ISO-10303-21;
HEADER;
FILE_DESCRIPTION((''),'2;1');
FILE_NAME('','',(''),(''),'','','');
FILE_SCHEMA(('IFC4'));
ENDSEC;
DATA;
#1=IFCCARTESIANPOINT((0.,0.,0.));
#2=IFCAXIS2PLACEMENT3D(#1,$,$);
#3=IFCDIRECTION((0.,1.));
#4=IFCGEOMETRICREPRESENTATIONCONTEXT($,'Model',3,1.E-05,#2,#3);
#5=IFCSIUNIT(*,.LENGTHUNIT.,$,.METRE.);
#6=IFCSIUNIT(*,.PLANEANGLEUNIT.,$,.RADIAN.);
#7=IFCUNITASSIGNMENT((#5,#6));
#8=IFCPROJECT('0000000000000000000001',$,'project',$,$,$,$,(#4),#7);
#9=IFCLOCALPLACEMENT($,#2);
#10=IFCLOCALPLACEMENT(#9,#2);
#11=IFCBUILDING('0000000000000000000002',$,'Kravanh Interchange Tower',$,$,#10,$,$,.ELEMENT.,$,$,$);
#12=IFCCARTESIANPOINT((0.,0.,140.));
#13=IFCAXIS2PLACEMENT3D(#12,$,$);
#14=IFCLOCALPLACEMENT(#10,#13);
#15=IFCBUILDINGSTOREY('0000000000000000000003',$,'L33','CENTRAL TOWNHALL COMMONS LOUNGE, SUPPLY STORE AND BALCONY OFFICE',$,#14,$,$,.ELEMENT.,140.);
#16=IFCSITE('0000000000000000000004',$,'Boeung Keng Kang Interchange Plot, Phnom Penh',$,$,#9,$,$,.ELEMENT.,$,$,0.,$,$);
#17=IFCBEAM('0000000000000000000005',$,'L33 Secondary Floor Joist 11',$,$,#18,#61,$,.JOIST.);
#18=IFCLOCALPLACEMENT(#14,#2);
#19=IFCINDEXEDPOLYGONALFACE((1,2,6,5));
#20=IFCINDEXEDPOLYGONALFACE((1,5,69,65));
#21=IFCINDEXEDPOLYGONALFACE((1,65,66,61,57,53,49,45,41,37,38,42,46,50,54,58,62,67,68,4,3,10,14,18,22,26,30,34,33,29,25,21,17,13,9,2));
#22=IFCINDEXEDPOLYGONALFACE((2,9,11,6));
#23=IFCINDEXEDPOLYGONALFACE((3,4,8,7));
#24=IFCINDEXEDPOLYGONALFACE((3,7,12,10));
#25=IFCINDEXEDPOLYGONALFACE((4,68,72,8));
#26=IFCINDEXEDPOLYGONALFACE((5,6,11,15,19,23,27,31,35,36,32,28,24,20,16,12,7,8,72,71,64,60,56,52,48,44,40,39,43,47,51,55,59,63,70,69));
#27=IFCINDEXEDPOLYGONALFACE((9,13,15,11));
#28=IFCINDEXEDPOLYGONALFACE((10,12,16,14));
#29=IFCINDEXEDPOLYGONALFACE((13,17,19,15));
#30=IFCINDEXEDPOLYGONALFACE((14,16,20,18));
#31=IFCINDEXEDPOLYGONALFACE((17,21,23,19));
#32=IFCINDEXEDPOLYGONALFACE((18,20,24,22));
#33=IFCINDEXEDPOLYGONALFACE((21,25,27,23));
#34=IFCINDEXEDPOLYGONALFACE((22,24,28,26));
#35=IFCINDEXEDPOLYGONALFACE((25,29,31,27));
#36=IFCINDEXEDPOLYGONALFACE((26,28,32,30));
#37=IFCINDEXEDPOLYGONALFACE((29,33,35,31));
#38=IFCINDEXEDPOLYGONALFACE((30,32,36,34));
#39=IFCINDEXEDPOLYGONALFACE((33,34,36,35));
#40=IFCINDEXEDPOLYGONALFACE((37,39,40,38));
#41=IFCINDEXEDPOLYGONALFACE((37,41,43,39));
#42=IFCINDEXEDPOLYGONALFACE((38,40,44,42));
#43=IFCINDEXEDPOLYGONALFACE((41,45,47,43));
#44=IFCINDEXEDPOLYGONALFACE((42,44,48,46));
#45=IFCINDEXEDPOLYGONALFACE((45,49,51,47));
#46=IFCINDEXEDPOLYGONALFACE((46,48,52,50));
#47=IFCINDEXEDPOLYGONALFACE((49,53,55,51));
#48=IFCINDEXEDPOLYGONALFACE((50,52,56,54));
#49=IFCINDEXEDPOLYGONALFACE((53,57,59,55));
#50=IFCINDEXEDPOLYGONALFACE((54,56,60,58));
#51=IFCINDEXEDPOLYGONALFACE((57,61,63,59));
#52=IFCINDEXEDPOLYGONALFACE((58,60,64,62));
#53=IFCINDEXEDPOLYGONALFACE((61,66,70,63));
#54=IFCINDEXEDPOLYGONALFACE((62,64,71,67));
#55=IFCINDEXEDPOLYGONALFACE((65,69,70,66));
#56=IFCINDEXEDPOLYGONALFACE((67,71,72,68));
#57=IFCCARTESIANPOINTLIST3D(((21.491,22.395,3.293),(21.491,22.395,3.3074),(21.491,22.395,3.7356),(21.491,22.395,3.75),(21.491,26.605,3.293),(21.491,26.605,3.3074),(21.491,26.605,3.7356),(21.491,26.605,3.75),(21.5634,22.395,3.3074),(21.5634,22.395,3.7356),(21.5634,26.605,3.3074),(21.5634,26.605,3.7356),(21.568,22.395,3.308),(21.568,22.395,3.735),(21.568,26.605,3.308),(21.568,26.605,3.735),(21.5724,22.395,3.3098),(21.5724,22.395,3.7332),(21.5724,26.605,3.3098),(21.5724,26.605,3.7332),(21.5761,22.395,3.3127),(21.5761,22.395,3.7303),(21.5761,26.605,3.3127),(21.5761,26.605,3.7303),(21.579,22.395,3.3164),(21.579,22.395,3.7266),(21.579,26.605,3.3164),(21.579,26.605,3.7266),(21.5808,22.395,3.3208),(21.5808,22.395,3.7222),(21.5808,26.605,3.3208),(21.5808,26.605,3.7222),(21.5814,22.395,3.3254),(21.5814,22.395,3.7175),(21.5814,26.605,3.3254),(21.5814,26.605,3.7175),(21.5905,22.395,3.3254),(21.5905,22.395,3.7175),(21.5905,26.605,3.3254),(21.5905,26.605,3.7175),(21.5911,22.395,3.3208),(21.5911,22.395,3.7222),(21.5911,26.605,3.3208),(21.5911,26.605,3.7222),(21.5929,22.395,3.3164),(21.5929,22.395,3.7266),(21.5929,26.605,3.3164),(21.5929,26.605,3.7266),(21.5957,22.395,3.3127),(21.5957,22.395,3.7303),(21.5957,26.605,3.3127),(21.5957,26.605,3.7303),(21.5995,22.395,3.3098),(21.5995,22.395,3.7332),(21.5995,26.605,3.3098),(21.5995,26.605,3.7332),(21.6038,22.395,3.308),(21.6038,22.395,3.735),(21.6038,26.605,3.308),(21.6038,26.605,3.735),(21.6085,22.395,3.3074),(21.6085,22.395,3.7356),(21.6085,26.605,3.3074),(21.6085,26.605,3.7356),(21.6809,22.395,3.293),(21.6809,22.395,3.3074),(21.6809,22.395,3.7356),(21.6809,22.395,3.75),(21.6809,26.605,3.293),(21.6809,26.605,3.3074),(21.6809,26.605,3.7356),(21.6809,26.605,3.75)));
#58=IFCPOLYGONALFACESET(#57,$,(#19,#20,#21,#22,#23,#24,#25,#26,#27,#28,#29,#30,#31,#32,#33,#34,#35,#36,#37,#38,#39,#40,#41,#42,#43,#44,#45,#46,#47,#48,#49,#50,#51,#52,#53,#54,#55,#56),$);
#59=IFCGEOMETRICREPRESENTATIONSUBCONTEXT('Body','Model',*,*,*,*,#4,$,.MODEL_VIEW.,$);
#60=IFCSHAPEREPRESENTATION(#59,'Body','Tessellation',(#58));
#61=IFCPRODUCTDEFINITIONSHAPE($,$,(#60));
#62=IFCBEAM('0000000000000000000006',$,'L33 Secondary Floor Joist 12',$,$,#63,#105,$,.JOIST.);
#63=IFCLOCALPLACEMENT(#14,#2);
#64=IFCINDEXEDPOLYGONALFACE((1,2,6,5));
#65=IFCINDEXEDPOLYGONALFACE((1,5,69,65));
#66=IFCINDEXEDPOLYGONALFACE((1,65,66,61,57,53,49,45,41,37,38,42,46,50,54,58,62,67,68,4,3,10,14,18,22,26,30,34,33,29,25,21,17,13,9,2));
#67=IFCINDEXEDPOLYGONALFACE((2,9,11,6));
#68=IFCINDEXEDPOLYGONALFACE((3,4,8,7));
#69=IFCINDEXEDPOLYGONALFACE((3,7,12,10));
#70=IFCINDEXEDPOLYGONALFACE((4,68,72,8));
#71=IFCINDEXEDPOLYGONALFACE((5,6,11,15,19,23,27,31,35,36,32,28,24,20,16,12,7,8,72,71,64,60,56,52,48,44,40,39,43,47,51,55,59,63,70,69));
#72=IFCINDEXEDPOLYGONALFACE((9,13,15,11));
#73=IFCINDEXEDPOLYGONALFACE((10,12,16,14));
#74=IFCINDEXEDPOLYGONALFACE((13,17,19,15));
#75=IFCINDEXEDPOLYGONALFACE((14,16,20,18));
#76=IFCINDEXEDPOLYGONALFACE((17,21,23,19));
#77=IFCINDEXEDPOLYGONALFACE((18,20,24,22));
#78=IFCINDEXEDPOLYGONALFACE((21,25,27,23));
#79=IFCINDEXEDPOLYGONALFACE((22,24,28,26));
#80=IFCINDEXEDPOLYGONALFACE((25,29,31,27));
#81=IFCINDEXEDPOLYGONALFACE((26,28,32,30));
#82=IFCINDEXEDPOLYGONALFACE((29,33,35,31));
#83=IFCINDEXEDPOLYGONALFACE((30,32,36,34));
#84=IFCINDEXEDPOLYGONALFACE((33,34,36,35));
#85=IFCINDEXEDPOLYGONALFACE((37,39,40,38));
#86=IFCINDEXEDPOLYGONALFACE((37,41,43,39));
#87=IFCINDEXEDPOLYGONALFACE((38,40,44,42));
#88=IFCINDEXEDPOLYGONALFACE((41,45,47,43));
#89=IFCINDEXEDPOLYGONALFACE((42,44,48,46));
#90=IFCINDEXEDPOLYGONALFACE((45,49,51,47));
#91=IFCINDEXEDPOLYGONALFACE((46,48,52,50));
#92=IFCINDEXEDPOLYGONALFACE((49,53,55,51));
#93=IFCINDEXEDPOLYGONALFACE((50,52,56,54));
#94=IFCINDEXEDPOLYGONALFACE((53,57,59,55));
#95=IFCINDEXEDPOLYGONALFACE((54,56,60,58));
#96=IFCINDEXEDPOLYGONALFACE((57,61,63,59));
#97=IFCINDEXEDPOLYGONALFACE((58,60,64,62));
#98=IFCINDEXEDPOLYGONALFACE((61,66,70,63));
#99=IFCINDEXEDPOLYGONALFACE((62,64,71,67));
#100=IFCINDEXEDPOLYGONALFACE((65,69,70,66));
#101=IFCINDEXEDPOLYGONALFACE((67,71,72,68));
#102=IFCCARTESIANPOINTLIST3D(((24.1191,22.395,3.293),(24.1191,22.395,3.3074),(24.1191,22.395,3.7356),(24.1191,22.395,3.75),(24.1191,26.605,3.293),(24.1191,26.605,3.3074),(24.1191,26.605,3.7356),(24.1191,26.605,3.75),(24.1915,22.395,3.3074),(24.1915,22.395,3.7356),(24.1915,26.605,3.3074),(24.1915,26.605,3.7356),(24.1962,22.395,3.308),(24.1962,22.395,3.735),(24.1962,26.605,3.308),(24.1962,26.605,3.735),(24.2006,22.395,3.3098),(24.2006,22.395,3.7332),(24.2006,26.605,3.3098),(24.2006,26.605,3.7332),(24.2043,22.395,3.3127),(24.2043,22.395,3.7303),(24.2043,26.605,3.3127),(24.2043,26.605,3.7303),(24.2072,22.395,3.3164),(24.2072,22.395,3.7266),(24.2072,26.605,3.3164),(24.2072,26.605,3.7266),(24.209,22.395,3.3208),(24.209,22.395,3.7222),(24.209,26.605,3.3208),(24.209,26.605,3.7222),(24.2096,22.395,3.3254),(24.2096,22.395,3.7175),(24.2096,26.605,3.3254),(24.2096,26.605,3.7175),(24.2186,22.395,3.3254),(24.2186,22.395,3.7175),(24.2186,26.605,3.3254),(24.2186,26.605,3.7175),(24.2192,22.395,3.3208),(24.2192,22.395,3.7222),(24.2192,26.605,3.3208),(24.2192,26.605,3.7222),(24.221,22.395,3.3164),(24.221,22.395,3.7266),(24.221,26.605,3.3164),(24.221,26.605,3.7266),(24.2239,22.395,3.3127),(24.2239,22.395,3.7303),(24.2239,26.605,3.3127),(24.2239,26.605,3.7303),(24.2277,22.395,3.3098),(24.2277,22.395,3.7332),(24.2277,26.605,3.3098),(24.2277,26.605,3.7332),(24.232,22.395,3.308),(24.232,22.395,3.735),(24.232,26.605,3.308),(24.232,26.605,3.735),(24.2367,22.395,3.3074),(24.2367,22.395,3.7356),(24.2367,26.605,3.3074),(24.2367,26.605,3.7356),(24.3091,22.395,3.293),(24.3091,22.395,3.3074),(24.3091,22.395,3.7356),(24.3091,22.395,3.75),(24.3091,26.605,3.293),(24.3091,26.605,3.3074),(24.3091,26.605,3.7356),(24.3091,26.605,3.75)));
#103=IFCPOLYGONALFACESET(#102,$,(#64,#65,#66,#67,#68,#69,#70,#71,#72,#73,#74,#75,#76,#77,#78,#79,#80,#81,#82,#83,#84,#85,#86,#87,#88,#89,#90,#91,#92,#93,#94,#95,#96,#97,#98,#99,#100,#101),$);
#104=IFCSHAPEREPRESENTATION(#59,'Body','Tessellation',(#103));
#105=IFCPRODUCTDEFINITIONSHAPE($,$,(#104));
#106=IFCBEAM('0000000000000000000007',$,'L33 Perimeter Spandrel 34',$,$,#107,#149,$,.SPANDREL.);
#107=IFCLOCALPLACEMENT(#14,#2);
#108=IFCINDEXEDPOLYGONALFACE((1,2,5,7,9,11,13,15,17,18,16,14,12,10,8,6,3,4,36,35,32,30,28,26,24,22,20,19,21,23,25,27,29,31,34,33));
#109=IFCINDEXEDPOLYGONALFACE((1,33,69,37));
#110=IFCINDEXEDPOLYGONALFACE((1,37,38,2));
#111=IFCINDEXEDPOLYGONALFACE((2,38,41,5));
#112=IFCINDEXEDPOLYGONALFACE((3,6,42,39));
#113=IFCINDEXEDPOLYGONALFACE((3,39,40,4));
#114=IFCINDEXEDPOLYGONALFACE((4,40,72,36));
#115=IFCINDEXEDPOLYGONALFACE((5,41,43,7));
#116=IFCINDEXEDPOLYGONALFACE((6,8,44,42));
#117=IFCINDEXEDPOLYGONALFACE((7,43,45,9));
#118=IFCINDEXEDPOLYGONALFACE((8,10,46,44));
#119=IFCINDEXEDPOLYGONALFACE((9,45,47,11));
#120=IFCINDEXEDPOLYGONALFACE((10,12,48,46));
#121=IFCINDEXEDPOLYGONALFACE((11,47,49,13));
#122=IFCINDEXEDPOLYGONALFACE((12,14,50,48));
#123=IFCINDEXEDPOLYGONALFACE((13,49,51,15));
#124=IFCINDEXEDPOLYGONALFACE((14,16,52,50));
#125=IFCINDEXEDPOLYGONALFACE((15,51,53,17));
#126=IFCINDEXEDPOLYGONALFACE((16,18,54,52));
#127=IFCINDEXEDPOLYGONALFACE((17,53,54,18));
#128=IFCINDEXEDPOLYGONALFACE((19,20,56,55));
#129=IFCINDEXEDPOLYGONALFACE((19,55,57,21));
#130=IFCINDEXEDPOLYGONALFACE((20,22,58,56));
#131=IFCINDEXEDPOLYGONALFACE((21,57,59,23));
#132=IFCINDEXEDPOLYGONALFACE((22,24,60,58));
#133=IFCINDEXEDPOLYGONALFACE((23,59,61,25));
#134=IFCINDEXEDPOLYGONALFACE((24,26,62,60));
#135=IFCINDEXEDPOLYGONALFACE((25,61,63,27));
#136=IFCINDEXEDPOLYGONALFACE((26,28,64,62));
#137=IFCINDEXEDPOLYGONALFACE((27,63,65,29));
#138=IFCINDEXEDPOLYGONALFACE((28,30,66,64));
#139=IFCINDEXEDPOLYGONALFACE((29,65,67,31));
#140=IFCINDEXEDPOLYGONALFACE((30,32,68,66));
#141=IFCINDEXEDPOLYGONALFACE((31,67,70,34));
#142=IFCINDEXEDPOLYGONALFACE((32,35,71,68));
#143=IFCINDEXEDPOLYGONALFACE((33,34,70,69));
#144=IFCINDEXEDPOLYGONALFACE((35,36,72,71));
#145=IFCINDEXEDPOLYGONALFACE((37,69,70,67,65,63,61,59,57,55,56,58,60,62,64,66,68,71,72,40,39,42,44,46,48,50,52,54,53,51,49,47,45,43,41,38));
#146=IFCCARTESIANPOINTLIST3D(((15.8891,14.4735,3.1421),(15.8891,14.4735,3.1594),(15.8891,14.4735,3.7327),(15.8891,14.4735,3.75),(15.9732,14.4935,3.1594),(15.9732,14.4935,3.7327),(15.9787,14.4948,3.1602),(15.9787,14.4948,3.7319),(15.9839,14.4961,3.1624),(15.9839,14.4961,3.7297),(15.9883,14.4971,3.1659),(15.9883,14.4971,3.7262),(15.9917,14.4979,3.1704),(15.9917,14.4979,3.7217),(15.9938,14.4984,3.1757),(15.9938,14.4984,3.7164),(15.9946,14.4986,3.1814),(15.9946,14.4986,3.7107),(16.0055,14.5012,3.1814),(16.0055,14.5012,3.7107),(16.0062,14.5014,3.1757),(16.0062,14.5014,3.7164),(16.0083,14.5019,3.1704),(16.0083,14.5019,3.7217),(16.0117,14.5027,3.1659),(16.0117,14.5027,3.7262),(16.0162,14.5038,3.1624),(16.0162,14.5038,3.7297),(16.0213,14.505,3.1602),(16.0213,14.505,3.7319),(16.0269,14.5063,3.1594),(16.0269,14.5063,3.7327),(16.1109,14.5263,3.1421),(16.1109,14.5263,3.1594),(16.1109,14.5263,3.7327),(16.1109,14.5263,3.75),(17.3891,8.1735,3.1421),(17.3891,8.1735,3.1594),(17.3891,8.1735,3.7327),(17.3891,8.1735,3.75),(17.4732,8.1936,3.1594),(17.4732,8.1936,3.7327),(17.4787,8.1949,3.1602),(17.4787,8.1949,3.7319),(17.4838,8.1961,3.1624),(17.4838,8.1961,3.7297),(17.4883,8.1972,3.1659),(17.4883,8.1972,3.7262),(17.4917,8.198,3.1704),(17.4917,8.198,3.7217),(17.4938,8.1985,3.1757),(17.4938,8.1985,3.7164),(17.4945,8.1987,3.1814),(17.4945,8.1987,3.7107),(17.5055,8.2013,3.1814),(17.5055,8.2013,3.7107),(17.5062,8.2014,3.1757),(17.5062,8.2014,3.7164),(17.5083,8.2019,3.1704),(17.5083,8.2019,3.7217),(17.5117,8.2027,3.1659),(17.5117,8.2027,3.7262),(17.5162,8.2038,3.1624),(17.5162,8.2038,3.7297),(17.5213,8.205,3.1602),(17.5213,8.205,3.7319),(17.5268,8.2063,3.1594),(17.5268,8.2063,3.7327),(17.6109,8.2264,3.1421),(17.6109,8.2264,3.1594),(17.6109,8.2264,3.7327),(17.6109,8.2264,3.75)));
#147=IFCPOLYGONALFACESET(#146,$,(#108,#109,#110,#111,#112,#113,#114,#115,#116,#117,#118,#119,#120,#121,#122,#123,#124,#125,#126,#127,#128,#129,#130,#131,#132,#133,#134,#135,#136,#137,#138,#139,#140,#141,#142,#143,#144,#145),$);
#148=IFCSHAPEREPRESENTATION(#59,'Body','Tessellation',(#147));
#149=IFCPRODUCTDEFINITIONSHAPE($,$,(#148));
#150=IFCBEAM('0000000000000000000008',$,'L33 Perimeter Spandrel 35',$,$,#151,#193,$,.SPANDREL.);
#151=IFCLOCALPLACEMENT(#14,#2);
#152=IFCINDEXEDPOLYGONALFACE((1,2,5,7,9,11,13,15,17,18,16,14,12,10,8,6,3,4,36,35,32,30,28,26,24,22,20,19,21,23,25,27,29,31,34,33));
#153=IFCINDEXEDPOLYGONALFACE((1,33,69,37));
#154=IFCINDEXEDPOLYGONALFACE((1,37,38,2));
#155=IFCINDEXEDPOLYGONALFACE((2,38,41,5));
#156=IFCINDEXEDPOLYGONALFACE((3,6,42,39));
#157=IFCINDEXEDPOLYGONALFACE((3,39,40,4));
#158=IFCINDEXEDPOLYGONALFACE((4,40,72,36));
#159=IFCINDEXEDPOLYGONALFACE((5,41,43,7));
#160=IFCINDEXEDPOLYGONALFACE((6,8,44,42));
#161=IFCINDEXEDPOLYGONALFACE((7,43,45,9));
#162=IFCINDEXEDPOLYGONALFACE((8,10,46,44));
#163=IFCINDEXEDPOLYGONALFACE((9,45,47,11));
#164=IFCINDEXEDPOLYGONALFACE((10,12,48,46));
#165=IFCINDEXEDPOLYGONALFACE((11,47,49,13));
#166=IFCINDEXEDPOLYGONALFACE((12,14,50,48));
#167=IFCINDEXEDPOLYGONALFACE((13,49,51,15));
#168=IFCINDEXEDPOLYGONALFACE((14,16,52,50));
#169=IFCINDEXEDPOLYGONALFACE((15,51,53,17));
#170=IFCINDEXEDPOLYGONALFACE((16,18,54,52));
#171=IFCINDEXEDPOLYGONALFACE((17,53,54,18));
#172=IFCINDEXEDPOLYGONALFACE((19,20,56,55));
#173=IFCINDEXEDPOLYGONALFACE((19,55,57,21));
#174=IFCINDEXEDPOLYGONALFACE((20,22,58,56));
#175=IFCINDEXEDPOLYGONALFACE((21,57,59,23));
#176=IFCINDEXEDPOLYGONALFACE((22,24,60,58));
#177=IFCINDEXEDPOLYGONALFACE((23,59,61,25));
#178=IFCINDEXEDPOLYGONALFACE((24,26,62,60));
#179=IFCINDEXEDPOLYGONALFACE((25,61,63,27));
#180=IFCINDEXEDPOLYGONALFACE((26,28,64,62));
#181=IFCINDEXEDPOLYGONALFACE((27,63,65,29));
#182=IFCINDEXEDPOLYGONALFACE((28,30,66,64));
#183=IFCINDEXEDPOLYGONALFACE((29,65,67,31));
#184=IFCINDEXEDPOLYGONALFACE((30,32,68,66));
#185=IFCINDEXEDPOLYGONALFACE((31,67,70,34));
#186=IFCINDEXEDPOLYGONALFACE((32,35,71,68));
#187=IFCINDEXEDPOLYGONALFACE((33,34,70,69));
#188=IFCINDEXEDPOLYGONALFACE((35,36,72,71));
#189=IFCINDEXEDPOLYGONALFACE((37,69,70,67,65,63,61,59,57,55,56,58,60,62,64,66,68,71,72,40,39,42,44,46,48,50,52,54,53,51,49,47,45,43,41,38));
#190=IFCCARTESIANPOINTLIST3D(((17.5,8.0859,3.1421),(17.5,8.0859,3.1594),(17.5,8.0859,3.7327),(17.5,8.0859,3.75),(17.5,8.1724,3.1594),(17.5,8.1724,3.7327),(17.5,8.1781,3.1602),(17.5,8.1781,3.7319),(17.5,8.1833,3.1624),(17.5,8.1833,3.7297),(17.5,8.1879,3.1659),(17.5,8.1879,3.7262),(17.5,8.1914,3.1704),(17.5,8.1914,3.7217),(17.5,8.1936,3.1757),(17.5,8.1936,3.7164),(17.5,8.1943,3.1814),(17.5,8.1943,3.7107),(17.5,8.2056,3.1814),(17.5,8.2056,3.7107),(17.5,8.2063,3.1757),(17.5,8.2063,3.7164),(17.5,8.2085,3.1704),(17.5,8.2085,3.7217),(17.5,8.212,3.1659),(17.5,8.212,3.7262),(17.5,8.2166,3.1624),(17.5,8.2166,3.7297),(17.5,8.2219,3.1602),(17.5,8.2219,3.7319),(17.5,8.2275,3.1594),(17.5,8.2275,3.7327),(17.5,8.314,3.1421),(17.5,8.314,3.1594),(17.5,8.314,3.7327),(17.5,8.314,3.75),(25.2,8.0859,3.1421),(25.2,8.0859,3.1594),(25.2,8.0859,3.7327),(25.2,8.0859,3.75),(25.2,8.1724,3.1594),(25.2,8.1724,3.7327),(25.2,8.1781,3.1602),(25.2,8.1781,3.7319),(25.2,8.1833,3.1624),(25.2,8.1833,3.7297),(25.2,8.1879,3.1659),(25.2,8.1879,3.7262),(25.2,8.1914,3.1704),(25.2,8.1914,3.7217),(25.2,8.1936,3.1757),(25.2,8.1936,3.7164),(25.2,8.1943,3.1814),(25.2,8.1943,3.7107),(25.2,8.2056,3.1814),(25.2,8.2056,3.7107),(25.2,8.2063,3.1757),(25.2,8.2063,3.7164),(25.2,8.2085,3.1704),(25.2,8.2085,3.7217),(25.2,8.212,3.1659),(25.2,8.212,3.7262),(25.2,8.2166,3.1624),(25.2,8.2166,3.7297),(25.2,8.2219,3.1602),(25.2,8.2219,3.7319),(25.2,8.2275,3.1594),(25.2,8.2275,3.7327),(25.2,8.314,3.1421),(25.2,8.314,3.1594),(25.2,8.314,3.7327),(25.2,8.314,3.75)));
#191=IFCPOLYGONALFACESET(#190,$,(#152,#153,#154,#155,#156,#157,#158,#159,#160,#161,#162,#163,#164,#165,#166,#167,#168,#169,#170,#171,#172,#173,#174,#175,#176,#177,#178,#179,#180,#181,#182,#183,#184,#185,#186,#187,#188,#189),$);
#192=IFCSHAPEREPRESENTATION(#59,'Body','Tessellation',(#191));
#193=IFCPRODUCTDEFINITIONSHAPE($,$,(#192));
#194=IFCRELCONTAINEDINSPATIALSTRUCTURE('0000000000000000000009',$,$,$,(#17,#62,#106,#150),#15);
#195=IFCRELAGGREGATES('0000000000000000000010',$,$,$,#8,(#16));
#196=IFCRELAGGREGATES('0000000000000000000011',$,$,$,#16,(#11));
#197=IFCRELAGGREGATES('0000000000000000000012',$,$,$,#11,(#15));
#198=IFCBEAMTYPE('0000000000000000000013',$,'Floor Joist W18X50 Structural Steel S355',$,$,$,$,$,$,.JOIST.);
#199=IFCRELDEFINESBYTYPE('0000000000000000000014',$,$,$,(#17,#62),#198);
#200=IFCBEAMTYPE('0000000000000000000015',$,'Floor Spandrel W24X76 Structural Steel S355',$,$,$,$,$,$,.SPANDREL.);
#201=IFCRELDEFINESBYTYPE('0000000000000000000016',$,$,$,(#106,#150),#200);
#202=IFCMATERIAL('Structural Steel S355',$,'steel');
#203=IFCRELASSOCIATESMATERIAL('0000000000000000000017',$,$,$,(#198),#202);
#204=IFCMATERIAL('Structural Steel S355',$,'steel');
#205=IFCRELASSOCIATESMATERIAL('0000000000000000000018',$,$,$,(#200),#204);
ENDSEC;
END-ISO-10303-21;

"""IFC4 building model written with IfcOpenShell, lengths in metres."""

from ifc_helpers import new_model, si_unit, direction, frame, origin, origin_2d, place, context, subcontext, project, spatial, i_section, extrude, material, material_profile, profile_set, type_object, element, save


model = new_model("IFC4")

# Units and contexts
model_context = context("Model", 3, precision=1e-05, world=origin(), true_north=direction((0.0, 1.0)))
body_context = subcontext(model_context, "Body", "Model", "MODEL_VIEW")
ifc_project = project(units=[si_unit("LENGTHUNIT", "METRE"), si_unit("PLANEANGLEUNIT", "RADIAN")], contexts=[model_context])

# Site, building, storey
site_placement = place(None, origin())
site = spatial("IfcSite", under=ifc_project, at=site_placement, Name="Boeung Keng Kang Interchange Plot, Phnom Penh", CompositionType="ELEMENT", RefElevation=0.0)
building_placement = place(site_placement, origin())
building = spatial("IfcBuilding", under=site, at=building_placement, Name="Kravanh Interchange Tower", CompositionType="ELEMENT")
storey_placement = place(building_placement, frame((0.0, 0.0, 140.0)))
storey = spatial("IfcBuildingStorey", under=building, at=storey_placement, Name="L33", Description="CENTRAL TOWNHALL COMMONS LOUNGE, SUPPLY STORE AND BALCONY OFFICE", CompositionType="ELEMENT", Elevation=140.0)

# Beams
ifc_material_1 = material(Name="Structural Steel S355", Category="steel")
ifc_material_profile_1 = material_profile(ifc_material_1, i_section(OverallWidth=0.1899, OverallDepth=0.457, WebThickness=0.009, FlangeThickness=0.0144, FilletRadius=0.0181, at=origin_2d()), Name="W18X50")
ifc_profile_set_1 = profile_set([ifc_material_profile_1], Name="Structural Steel S355")
beam_type_1 = type_object("IfcBeamType", Name="Floor Joist W18X50 Structural Steel S355", PredefinedType="JOIST", material=ifc_profile_set_1)
for number, where, z_axis, x_axis, name in (
    (1, (21.5859, 22.395, 3.5215), (0.0, 1.0, 0.0), (-1.0, 0.0, 0.0), "L33 Secondary Floor Joist 11"),
    (2, (24.2141, 22.395, 3.5215), (0.0, 1.0, 0.0), (-1.0, 0.0, 0.0), "L33 Secondary Floor Joist 12"),
):
    element("IfcBeam", number, at=place(storey_placement, frame(where, z_axis=z_axis, x_axis=x_axis)), inside=storey, type_object=beam_type_1, Name=name, PredefinedType="JOIST", context=body_context, shape_type="SweptSolid", body=[
        extrude(i_section(OverallWidth=0.1899, OverallDepth=0.457, WebThickness=0.009, FlangeThickness=0.0144, FilletRadius=0.0181, at=origin_2d()), origin(), (0.0, 0.0, 1.0), 4.21),
    ])
ifc_material_2 = material(Name="Structural Steel S355", Category="steel")
ifc_material_profile_2 = material_profile(ifc_material_2, i_section(OverallWidth=0.228, OverallDepth=0.6079, WebThickness=0.0112, FlangeThickness=0.0173, FilletRadius=0.022, at=origin_2d()), Name="W24X76")
ifc_profile_set_2 = profile_set([ifc_material_profile_2], Name="Structural Steel S355")
beam_type_2 = type_object("IfcBeamType", Name="Floor Spandrel W24X76 Structural Steel S355", PredefinedType="SPANDREL", material=ifc_profile_set_2)
beam_1_placement = place(storey_placement, frame((17.5, 8.2, 3.446), z_axis=(-0.231619, 0.972807, 0.0), x_axis=(-0.972807, -0.231619, 0.0)))
element("IfcBeam", 3, at=beam_1_placement, inside=storey, type_object=beam_type_2, Name="L33 Perimeter Spandrel 34", PredefinedType="SPANDREL", context=body_context, shape_type="SweptSolid", body=[
    extrude(i_section(OverallWidth=0.228, OverallDepth=0.6079, WebThickness=0.0112, FlangeThickness=0.0173, FilletRadius=0.022, at=origin_2d()), origin(), (0.0, 0.0, 1.0), 6.4761),
])
beam_2_placement = place(storey_placement, frame((17.5, 8.2, 3.446), z_axis=(1.0, 0.0, 0.0), x_axis=(0.0, 1.0, 0.0)))
element("IfcBeam", 4, at=beam_2_placement, inside=storey, type_object=beam_type_2, Name="L33 Perimeter Spandrel 35", PredefinedType="SPANDREL", context=body_context, shape_type="SweptSolid", body=[
    extrude(i_section(OverallWidth=0.228, OverallDepth=0.6079, WebThickness=0.0112, FlangeThickness=0.0173, FilletRadius=0.022, at=origin_2d()), origin(), (0.0, 0.0, 1.0), 7.7),
])

save(model, "model.ifc")
